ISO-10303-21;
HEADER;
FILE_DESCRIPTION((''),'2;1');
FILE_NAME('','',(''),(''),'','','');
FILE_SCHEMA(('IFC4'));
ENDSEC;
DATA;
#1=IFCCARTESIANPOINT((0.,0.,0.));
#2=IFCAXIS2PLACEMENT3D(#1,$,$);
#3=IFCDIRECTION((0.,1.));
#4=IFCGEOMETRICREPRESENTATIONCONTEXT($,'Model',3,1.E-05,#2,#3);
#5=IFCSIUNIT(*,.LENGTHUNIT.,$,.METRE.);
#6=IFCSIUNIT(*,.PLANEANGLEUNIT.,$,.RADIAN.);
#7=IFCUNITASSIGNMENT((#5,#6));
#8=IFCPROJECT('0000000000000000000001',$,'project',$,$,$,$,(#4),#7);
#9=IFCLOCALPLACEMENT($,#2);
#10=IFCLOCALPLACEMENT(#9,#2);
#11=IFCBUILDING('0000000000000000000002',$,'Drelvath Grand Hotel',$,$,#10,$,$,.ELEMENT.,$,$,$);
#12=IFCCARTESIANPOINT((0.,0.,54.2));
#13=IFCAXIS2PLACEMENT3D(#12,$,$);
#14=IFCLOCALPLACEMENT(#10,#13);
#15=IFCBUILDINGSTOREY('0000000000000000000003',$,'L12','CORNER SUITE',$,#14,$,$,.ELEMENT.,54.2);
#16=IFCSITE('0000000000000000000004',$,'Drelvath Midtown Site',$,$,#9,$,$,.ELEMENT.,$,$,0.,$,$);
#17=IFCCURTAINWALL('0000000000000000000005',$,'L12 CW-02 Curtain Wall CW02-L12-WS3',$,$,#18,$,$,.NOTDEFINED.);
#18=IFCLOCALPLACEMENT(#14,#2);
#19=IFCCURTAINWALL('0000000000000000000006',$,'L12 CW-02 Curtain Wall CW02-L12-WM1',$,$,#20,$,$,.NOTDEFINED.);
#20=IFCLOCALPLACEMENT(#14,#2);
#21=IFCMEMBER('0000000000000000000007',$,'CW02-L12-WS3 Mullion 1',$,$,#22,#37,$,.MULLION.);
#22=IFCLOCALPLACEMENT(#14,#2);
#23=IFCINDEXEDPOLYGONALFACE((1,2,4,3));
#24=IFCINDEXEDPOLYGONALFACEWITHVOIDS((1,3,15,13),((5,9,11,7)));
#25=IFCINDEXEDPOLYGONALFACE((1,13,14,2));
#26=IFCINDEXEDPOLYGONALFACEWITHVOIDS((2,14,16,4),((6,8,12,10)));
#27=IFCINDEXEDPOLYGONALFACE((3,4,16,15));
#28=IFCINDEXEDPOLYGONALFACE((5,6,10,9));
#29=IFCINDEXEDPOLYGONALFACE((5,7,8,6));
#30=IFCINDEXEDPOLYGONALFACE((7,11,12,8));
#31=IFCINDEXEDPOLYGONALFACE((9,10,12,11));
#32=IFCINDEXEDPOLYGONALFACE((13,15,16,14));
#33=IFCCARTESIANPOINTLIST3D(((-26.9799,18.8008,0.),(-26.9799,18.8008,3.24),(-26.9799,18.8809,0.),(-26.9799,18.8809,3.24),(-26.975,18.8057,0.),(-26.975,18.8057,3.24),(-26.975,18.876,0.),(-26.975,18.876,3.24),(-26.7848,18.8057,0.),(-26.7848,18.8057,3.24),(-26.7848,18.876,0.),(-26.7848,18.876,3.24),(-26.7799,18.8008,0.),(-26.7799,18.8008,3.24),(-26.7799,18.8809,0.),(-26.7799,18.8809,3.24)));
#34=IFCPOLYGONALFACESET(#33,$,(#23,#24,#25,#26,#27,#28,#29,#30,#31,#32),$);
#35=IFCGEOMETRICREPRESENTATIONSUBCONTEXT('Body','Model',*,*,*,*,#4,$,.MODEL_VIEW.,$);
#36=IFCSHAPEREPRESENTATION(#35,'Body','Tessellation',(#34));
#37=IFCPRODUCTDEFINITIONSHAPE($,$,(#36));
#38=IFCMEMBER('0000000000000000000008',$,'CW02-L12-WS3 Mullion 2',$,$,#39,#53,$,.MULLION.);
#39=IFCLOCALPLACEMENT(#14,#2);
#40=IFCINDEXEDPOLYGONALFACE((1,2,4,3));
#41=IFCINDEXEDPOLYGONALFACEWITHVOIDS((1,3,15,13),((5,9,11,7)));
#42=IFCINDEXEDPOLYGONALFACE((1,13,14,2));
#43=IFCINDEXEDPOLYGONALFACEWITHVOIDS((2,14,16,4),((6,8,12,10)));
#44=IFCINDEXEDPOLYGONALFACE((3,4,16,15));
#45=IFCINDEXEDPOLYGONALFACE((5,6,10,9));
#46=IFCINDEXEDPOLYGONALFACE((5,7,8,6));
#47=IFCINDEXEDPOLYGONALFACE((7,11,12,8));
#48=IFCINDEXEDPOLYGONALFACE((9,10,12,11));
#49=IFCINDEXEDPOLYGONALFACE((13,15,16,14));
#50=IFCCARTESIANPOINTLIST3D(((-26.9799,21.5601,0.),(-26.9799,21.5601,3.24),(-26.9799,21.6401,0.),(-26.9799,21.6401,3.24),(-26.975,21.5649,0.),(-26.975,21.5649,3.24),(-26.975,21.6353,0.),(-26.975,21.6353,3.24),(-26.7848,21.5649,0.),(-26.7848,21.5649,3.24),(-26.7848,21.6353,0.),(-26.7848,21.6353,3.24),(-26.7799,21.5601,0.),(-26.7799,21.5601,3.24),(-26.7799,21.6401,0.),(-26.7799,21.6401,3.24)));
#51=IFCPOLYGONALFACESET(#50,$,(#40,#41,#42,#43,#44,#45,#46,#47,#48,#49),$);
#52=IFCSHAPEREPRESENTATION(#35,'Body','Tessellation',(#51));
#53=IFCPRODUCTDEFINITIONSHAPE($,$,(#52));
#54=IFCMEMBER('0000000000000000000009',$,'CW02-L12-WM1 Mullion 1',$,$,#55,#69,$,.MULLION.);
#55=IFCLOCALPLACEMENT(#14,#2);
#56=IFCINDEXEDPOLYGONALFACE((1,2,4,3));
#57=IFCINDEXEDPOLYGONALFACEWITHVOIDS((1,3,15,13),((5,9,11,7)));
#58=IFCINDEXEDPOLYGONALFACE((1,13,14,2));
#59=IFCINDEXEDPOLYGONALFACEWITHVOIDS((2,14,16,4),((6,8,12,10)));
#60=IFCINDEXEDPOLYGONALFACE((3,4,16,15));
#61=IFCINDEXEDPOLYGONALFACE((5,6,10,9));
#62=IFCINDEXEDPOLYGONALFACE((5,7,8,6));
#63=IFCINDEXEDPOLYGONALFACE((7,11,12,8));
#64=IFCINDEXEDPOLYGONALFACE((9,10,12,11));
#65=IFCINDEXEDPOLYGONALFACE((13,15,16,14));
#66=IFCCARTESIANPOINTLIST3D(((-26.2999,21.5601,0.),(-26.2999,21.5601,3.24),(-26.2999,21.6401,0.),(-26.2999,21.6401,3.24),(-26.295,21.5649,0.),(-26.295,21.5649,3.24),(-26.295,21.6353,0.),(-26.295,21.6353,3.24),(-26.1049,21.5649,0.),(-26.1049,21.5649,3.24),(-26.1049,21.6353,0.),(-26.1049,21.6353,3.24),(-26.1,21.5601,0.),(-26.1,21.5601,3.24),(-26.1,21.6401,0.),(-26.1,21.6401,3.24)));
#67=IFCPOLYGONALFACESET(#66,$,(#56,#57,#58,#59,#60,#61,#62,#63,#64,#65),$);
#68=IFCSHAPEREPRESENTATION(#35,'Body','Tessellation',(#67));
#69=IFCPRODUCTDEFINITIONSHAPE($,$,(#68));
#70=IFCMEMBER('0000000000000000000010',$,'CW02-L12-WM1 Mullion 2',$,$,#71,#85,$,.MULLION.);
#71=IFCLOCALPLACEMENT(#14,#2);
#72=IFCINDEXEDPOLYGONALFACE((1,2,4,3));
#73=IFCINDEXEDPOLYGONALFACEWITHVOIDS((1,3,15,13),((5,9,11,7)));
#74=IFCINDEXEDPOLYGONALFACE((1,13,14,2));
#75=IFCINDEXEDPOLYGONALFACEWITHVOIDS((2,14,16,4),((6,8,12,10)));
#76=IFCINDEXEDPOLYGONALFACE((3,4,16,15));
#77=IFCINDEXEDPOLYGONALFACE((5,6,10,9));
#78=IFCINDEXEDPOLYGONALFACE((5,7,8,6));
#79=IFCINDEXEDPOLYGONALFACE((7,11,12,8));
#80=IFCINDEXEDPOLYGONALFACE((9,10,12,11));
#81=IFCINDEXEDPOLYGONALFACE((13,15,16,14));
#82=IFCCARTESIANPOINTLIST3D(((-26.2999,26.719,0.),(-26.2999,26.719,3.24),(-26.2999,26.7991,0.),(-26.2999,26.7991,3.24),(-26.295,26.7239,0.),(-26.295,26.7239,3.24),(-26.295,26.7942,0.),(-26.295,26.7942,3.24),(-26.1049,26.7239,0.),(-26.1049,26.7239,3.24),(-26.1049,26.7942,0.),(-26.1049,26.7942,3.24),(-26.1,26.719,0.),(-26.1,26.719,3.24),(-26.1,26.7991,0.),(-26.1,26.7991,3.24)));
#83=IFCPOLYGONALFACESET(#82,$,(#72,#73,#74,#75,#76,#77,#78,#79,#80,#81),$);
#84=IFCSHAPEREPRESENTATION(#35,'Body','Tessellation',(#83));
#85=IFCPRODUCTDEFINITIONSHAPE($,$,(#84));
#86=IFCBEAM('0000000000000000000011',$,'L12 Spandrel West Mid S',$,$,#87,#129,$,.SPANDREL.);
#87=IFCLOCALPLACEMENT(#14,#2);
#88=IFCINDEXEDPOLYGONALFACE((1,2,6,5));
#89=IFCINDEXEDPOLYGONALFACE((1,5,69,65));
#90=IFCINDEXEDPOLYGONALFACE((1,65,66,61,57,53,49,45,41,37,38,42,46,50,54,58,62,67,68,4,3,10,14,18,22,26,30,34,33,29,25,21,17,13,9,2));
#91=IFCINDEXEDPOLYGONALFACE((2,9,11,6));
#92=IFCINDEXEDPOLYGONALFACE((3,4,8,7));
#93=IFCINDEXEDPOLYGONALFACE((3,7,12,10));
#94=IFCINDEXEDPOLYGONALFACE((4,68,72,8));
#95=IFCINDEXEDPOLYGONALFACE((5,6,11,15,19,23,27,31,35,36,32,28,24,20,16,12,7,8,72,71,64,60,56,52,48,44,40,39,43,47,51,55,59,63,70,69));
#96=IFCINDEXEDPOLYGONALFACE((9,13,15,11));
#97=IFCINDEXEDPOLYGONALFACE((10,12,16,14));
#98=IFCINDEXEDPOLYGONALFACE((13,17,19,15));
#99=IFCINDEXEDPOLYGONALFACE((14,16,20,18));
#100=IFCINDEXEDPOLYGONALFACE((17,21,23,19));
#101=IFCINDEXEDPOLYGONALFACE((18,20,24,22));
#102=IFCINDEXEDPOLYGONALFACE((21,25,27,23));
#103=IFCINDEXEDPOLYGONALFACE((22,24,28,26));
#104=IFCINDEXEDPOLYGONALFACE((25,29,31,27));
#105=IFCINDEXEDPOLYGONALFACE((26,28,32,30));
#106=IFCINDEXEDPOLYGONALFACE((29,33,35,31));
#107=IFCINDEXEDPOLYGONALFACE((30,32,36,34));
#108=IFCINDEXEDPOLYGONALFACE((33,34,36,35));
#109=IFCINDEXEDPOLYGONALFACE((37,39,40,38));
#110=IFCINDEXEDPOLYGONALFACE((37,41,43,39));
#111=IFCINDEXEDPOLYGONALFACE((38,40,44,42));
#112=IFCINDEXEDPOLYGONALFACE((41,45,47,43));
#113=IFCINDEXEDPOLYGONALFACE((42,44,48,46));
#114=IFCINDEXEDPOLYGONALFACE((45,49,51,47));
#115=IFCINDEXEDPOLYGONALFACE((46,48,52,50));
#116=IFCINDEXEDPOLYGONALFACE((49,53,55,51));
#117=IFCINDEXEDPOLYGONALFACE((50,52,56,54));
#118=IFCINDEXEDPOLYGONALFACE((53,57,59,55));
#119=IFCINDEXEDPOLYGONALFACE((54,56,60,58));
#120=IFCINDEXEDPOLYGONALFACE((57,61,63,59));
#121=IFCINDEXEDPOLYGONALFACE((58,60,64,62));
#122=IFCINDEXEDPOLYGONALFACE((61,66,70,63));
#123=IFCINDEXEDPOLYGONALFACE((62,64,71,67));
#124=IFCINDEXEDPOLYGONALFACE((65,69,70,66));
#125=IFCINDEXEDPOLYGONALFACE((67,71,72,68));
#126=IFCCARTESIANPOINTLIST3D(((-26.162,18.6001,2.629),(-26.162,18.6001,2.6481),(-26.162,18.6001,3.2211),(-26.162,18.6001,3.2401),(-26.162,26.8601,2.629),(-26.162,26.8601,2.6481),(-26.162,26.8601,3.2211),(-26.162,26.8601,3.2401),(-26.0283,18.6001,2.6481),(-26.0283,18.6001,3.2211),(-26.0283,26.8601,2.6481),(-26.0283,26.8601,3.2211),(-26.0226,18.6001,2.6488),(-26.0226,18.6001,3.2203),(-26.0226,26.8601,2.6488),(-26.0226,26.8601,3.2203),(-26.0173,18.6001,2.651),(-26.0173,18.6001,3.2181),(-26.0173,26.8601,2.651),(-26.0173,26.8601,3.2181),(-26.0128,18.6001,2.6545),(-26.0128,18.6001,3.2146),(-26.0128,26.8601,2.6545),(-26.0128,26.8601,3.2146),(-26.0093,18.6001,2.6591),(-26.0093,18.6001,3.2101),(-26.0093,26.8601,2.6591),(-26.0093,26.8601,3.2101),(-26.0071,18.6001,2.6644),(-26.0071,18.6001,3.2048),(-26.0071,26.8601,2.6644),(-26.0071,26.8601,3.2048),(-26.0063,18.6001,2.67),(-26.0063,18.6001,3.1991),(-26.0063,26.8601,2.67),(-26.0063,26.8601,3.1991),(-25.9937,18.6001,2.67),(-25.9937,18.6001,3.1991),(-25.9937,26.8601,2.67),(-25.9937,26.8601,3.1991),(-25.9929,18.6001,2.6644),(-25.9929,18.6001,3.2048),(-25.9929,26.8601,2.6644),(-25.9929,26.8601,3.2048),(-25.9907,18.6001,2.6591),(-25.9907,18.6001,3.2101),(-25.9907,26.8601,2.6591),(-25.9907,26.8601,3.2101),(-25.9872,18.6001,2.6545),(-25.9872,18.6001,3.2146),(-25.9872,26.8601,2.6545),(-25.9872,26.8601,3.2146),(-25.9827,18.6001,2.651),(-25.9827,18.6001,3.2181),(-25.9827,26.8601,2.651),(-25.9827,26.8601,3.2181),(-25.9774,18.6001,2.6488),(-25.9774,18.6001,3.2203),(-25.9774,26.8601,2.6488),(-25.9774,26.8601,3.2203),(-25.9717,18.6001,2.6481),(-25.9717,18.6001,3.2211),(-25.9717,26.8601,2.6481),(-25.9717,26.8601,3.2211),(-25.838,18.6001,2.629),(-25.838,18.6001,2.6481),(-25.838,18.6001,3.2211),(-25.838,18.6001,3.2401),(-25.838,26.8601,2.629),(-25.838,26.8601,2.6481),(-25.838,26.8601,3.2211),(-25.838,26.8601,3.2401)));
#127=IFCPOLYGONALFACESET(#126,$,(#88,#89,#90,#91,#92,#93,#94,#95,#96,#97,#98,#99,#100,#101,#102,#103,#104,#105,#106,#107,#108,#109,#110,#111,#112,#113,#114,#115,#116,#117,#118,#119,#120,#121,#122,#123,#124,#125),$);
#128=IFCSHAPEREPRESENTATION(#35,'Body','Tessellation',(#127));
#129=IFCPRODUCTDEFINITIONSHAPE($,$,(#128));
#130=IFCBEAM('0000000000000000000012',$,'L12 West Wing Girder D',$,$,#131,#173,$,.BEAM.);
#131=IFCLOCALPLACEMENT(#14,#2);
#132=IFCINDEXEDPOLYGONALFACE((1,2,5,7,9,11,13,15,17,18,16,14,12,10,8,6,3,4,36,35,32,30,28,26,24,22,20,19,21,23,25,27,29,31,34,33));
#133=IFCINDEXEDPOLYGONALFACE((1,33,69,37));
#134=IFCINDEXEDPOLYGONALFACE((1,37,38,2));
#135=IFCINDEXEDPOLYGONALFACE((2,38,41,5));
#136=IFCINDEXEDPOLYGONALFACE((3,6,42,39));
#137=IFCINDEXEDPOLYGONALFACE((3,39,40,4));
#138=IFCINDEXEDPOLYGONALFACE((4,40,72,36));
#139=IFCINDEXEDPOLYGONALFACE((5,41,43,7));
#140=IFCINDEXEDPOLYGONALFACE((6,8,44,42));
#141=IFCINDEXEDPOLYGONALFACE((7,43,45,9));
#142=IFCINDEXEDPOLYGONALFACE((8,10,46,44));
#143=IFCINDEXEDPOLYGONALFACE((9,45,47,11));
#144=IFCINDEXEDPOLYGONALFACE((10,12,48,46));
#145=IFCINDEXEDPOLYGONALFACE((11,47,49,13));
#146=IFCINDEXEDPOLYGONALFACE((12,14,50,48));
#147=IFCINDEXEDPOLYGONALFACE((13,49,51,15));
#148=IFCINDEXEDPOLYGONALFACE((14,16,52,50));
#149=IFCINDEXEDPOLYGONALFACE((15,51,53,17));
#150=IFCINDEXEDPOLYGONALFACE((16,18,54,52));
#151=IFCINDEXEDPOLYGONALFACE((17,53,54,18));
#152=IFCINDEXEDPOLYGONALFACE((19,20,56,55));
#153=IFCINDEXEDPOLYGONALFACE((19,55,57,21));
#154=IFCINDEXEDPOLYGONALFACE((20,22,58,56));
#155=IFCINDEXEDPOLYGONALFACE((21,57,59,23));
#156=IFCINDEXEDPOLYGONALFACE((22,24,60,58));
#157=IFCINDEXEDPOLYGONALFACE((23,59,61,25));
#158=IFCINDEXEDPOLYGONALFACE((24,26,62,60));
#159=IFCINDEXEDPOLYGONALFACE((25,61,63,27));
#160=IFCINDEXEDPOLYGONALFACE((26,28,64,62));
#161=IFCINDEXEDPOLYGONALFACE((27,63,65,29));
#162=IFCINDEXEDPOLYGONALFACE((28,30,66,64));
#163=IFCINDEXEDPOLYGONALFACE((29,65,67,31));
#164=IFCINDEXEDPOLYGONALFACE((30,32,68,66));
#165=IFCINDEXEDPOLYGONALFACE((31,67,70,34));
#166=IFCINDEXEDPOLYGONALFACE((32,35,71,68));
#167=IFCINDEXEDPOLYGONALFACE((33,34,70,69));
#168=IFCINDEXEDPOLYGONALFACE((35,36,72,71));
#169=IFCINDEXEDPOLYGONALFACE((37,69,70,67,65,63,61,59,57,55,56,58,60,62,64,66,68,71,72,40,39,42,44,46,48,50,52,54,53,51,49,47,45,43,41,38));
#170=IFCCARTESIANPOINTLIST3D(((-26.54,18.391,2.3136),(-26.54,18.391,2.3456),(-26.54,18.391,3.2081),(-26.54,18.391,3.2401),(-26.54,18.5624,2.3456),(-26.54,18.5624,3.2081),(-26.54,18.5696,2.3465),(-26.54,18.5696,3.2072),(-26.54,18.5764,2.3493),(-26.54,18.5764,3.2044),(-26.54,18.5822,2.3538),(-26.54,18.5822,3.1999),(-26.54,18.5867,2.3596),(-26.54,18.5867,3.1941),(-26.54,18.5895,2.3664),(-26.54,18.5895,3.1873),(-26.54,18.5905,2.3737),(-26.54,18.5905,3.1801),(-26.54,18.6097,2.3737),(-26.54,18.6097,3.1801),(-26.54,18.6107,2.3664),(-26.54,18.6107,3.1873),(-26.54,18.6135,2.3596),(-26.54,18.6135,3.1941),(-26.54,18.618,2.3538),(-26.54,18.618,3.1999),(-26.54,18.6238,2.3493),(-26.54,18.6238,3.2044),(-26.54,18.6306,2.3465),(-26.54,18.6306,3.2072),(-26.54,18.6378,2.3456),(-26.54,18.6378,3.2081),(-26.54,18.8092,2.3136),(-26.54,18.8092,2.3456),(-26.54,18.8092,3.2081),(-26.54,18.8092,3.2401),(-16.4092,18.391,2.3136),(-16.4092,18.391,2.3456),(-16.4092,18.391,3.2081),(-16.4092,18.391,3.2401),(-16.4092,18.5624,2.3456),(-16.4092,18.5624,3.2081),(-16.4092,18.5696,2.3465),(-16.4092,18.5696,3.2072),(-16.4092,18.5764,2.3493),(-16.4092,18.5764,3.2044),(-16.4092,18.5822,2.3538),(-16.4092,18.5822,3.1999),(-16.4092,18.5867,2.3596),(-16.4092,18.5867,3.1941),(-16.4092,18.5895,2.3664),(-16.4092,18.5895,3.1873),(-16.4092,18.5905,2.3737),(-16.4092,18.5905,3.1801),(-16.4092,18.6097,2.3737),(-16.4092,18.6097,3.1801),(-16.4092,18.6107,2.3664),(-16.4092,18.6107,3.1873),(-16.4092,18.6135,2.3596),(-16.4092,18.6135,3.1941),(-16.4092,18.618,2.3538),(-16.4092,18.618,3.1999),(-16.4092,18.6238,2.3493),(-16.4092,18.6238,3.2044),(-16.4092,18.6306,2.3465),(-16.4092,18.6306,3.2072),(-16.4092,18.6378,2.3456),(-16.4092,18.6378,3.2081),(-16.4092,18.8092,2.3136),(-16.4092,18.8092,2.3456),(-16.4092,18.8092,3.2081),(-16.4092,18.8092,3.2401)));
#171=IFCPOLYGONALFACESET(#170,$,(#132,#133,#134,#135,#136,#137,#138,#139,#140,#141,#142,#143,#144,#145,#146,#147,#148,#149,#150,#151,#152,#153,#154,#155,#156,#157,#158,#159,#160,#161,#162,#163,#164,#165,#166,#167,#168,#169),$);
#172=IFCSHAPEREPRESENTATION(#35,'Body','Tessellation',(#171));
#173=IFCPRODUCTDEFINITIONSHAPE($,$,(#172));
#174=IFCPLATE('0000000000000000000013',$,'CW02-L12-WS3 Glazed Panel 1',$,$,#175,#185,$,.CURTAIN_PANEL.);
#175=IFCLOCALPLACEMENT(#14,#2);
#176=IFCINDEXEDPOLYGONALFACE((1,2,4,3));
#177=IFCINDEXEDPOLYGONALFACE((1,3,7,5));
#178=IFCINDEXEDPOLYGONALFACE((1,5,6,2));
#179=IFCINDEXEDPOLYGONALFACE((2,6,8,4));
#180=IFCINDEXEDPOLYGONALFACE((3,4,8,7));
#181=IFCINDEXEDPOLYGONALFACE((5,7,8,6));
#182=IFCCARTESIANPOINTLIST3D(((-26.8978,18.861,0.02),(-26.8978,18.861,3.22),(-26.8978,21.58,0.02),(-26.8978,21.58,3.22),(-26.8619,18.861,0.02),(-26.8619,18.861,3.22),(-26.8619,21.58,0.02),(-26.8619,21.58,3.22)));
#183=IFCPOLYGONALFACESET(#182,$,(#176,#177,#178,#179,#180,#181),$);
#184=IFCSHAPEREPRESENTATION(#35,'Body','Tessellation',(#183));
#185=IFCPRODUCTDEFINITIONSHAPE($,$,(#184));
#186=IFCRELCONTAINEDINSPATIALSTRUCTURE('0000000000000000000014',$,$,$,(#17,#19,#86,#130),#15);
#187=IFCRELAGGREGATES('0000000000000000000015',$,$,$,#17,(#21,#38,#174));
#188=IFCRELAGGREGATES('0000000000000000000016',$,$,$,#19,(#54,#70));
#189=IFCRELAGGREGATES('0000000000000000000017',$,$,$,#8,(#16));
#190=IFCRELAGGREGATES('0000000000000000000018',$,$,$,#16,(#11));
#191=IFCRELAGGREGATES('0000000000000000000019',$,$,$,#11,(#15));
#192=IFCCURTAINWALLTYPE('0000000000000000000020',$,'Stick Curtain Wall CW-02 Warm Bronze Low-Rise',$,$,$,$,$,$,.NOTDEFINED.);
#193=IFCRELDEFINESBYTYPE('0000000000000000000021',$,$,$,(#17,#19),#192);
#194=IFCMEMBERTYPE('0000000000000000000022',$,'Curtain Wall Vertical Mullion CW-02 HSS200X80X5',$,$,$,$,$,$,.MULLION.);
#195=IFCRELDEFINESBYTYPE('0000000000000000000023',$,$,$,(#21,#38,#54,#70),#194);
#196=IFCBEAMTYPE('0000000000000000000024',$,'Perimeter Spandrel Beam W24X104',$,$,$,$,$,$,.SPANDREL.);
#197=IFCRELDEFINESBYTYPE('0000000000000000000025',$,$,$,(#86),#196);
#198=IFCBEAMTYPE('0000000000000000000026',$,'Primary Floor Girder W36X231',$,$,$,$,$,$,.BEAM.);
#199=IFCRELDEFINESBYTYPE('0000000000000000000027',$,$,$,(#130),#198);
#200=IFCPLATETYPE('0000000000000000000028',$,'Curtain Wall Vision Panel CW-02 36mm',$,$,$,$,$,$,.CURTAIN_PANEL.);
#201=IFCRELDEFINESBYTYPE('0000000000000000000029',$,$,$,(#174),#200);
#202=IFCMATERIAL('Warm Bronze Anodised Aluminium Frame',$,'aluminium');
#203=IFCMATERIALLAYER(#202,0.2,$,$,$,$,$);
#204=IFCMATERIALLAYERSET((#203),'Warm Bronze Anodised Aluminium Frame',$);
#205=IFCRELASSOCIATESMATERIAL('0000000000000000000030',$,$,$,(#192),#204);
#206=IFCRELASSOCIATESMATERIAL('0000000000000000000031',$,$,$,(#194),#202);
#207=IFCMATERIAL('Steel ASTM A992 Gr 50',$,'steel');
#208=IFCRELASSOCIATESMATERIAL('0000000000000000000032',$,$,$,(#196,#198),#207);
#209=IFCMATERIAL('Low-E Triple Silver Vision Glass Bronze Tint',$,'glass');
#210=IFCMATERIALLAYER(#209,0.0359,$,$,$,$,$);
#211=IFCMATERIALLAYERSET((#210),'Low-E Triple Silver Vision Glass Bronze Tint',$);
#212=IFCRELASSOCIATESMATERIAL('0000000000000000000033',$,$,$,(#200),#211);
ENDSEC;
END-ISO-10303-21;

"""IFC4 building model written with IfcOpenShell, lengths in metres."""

from ifc_helpers import new_model, si_unit, direction, frame, origin, origin_2d, place, context, subcontext, project, spatial, rectangle, hollow_rectangle, i_section, extrude, material, layer, layer_set, material_profile, profile_set, type_object, element, aggregate, save


model = new_model("IFC4")

# Units and contexts
model_context = context("Model", 3, precision=1e-05, world=origin(), true_north=direction((0.0, 1.0)))
body_context = subcontext(model_context, "Body", "Model", "MODEL_VIEW")
ifc_project = project(units=[si_unit("LENGTHUNIT", "METRE"), si_unit("PLANEANGLEUNIT", "RADIAN")], contexts=[model_context])

# Site, building, storey
site_placement = place(None, origin())
site = spatial("IfcSite", under=ifc_project, at=site_placement, Name="Drelvath Midtown Site", CompositionType="ELEMENT", RefElevation=0.0)
building_placement = place(site_placement, origin())
building = spatial("IfcBuilding", under=site, at=building_placement, Name="Drelvath Grand Hotel", CompositionType="ELEMENT")
storey_placement = place(building_placement, frame((0.0, 0.0, 54.2)))
storey = spatial("IfcBuildingStorey", under=building, at=storey_placement, Name="L12", Description="CORNER SUITE", CompositionType="ELEMENT", Elevation=54.2)

# Shared definitions
ifc_material_1 = material(Name="Steel ASTM A992 Gr 50", Category="steel")

# Curtain walls
ifc_material_2 = material(Name="Warm Bronze Anodised Aluminium Frame", Category="aluminium")
ifc_layer_1 = layer(ifc_material_2, 0.2)
ifc_layer_set_1 = layer_set([ifc_layer_1], Name="Warm Bronze Anodised Aluminium Frame")
curtain_wall_type = type_object("IfcCurtainWallType", Name="Stick Curtain Wall CW-02 Warm Bronze Low-Rise", PredefinedType="NOTDEFINED", material=ifc_layer_set_1)
curtain_wall_1_placement = place(storey_placement, origin())
curtain_wall_1 = element("IfcCurtainWall", 1, at=curtain_wall_1_placement, inside=storey, type_object=curtain_wall_type, Name="L12 CW-02 Curtain Wall CW02-L12-WS3", PredefinedType="NOTDEFINED")
curtain_wall_2_placement = place(storey_placement, origin())
curtain_wall_2 = element("IfcCurtainWall", 2, at=curtain_wall_2_placement, inside=storey, type_object=curtain_wall_type, Name="L12 CW-02 Curtain Wall CW02-L12-WM1", PredefinedType="NOTDEFINED")

# Members
ifc_material_profile_1 = material_profile(ifc_material_2, hollow_rectangle(XDim=0.0801, YDim=0.2, WallThickness=0.0049, at=origin_2d()), Name="HSS200X80X5")
ifc_profile_set_1 = profile_set([ifc_material_profile_1], Name="Warm Bronze Anodised Aluminium Frame")
member_type_1 = type_object("IfcMemberType", Name="Curtain Wall Vertical Mullion CW-02 HSS200X80X5", PredefinedType="MULLION", material=ifc_profile_set_1)
member_1_placement = place(storey_placement, frame((-26.8799, 18.8408, 0.0), z_axis=(0.0, 0.0, 1.0), x_axis=(0.0, 1.0, 0.0)))
member_1 = element("IfcMember", 3, at=member_1_placement, type_object=member_type_1, Name="CW02-L12-WS3 Mullion 1", PredefinedType="MULLION", context=body_context, shape_type="SweptSolid", body=[
    extrude(hollow_rectangle(XDim=0.0801, YDim=0.2, WallThickness=0.0049, at=origin_2d()), origin(), (0.0, 0.0, 1.0), 3.24),
])
member_2_placement = place(storey_placement, frame((-26.8799, 21.6001, 0.0), z_axis=(0.0, 0.0, 1.0), x_axis=(0.0, 1.0, 0.0)))
member_2 = element("IfcMember", 4, at=member_2_placement, type_object=member_type_1, Name="CW02-L12-WS3 Mullion 2", PredefinedType="MULLION", context=body_context, shape_type="SweptSolid", body=[
    extrude(hollow_rectangle(XDim=0.0801, YDim=0.2, WallThickness=0.0049, at=origin_2d()), origin(), (0.0, 0.0, 1.0), 3.24),
])
member_3_placement = place(storey_placement, frame((-26.2, 21.6001, 0.0), z_axis=(0.0, 0.0, 1.0), x_axis=(0.0, 1.0, 0.0)))
member_3 = element("IfcMember", 5, at=member_3_placement, type_object=member_type_1, Name="CW02-L12-WM1 Mullion 1", PredefinedType="MULLION", context=body_context, shape_type="SweptSolid", body=[
    extrude(hollow_rectangle(XDim=0.0801, YDim=0.2, WallThickness=0.0049, at=origin_2d()), origin(), (0.0, 0.0, 1.0), 3.24),
])
member_4_placement = place(storey_placement, frame((-26.2, 26.759, 0.0), z_axis=(0.0, 0.0, 1.0), x_axis=(0.0, 1.0, 0.0)))
member_4 = element("IfcMember", 6, at=member_4_placement, type_object=member_type_1, Name="CW02-L12-WM1 Mullion 2", PredefinedType="MULLION", context=body_context, shape_type="SweptSolid", body=[
    extrude(hollow_rectangle(XDim=0.0801, YDim=0.2, WallThickness=0.0049, at=origin_2d()), origin(), (0.0, 0.0, 1.0), 3.24),
])

# Beams
ifc_material_profile_2 = material_profile(ifc_material_1, i_section(OverallWidth=0.324, OverallDepth=0.6111, WebThickness=0.0127, FlangeThickness=0.019, FilletRadius=0.022, at=origin_2d()), Name="W24X104")
ifc_profile_set_2 = profile_set([ifc_material_profile_2], Name="Steel ASTM A992 Gr 50")
beam_type_1 = type_object("IfcBeamType", Name="Perimeter Spandrel Beam W24X104", PredefinedType="SPANDREL", material=ifc_profile_set_2)
beam_1_placement = place(storey_placement, frame((-26.0, 18.6001, 2.9346), z_axis=(0.0, 1.0, 0.0), x_axis=(-1.0, 0.0, 0.0)))
element("IfcBeam", 7, at=beam_1_placement, inside=storey, type_object=beam_type_1, Name="L12 Spandrel West Mid S", PredefinedType="SPANDREL", context=body_context, shape_type="SweptSolid", body=[
    extrude(i_section(OverallWidth=0.324, OverallDepth=0.6111, WebThickness=0.0127, FlangeThickness=0.019, FilletRadius=0.022, at=origin_2d()), origin(), (0.0, 0.0, 1.0), 8.26),
])
ifc_material_profile_3 = material_profile(ifc_material_1, i_section(OverallWidth=0.4182, OverallDepth=0.9265, WebThickness=0.0193, FlangeThickness=0.032, FilletRadius=0.0281, at=origin_2d()), Name="W36X231")
ifc_profile_set_3 = profile_set([ifc_material_profile_3], Name="Steel ASTM A992 Gr 50")
beam_type_2 = type_object("IfcBeamType", Name="Primary Floor Girder W36X231", PredefinedType="BEAM", material=ifc_profile_set_3)
beam_2_placement = place(storey_placement, frame((-26.54, 18.6001, 2.7769), z_axis=(1.0, 0.0, 0.0), x_axis=(0.0, 1.0, 0.0)))
element("IfcBeam", 8, at=beam_2_placement, inside=storey, type_object=beam_type_2, Name="L12 West Wing Girder D", PredefinedType="BEAM", context=body_context, shape_type="SweptSolid", body=[
    extrude(i_section(OverallWidth=0.4182, OverallDepth=0.9265, WebThickness=0.0193, FlangeThickness=0.032, FilletRadius=0.0281, at=origin_2d()), origin(), (0.0, 0.0, 1.0), 10.1309),
])

# Plate
ifc_material_3 = material(Name="Low-E Triple Silver Vision Glass Bronze Tint", Category="glass")
ifc_layer_2 = layer(ifc_material_3, 0.0359)
ifc_layer_set_2 = layer_set([ifc_layer_2], Name="Low-E Triple Silver Vision Glass Bronze Tint")
plate_type = type_object("IfcPlateType", Name="Curtain Wall Vision Panel CW-02 36mm", PredefinedType="CURTAIN_PANEL", material=ifc_layer_set_2)
plate_1_placement = place(storey_placement, frame((-26.8799, 20.2205, 0.02), z_axis=(0.0, 0.0, 1.0), x_axis=(0.0, 1.0, 0.0)))
plate_1 = element("IfcPlate", 9, at=plate_1_placement, type_object=plate_type, Name="CW02-L12-WS3 Glazed Panel 1", PredefinedType="CURTAIN_PANEL", context=body_context, shape_type="SweptSolid", body=[
    extrude(rectangle(XDim=2.719, YDim=0.0359, at=origin_2d()), origin(), (0.0, 0.0, 1.0), 3.2),
])
aggregate(curtain_wall_1, [member_1, member_2, plate_1])
aggregate(curtain_wall_2, [member_3, member_4])

save(model, "model.ifc")
